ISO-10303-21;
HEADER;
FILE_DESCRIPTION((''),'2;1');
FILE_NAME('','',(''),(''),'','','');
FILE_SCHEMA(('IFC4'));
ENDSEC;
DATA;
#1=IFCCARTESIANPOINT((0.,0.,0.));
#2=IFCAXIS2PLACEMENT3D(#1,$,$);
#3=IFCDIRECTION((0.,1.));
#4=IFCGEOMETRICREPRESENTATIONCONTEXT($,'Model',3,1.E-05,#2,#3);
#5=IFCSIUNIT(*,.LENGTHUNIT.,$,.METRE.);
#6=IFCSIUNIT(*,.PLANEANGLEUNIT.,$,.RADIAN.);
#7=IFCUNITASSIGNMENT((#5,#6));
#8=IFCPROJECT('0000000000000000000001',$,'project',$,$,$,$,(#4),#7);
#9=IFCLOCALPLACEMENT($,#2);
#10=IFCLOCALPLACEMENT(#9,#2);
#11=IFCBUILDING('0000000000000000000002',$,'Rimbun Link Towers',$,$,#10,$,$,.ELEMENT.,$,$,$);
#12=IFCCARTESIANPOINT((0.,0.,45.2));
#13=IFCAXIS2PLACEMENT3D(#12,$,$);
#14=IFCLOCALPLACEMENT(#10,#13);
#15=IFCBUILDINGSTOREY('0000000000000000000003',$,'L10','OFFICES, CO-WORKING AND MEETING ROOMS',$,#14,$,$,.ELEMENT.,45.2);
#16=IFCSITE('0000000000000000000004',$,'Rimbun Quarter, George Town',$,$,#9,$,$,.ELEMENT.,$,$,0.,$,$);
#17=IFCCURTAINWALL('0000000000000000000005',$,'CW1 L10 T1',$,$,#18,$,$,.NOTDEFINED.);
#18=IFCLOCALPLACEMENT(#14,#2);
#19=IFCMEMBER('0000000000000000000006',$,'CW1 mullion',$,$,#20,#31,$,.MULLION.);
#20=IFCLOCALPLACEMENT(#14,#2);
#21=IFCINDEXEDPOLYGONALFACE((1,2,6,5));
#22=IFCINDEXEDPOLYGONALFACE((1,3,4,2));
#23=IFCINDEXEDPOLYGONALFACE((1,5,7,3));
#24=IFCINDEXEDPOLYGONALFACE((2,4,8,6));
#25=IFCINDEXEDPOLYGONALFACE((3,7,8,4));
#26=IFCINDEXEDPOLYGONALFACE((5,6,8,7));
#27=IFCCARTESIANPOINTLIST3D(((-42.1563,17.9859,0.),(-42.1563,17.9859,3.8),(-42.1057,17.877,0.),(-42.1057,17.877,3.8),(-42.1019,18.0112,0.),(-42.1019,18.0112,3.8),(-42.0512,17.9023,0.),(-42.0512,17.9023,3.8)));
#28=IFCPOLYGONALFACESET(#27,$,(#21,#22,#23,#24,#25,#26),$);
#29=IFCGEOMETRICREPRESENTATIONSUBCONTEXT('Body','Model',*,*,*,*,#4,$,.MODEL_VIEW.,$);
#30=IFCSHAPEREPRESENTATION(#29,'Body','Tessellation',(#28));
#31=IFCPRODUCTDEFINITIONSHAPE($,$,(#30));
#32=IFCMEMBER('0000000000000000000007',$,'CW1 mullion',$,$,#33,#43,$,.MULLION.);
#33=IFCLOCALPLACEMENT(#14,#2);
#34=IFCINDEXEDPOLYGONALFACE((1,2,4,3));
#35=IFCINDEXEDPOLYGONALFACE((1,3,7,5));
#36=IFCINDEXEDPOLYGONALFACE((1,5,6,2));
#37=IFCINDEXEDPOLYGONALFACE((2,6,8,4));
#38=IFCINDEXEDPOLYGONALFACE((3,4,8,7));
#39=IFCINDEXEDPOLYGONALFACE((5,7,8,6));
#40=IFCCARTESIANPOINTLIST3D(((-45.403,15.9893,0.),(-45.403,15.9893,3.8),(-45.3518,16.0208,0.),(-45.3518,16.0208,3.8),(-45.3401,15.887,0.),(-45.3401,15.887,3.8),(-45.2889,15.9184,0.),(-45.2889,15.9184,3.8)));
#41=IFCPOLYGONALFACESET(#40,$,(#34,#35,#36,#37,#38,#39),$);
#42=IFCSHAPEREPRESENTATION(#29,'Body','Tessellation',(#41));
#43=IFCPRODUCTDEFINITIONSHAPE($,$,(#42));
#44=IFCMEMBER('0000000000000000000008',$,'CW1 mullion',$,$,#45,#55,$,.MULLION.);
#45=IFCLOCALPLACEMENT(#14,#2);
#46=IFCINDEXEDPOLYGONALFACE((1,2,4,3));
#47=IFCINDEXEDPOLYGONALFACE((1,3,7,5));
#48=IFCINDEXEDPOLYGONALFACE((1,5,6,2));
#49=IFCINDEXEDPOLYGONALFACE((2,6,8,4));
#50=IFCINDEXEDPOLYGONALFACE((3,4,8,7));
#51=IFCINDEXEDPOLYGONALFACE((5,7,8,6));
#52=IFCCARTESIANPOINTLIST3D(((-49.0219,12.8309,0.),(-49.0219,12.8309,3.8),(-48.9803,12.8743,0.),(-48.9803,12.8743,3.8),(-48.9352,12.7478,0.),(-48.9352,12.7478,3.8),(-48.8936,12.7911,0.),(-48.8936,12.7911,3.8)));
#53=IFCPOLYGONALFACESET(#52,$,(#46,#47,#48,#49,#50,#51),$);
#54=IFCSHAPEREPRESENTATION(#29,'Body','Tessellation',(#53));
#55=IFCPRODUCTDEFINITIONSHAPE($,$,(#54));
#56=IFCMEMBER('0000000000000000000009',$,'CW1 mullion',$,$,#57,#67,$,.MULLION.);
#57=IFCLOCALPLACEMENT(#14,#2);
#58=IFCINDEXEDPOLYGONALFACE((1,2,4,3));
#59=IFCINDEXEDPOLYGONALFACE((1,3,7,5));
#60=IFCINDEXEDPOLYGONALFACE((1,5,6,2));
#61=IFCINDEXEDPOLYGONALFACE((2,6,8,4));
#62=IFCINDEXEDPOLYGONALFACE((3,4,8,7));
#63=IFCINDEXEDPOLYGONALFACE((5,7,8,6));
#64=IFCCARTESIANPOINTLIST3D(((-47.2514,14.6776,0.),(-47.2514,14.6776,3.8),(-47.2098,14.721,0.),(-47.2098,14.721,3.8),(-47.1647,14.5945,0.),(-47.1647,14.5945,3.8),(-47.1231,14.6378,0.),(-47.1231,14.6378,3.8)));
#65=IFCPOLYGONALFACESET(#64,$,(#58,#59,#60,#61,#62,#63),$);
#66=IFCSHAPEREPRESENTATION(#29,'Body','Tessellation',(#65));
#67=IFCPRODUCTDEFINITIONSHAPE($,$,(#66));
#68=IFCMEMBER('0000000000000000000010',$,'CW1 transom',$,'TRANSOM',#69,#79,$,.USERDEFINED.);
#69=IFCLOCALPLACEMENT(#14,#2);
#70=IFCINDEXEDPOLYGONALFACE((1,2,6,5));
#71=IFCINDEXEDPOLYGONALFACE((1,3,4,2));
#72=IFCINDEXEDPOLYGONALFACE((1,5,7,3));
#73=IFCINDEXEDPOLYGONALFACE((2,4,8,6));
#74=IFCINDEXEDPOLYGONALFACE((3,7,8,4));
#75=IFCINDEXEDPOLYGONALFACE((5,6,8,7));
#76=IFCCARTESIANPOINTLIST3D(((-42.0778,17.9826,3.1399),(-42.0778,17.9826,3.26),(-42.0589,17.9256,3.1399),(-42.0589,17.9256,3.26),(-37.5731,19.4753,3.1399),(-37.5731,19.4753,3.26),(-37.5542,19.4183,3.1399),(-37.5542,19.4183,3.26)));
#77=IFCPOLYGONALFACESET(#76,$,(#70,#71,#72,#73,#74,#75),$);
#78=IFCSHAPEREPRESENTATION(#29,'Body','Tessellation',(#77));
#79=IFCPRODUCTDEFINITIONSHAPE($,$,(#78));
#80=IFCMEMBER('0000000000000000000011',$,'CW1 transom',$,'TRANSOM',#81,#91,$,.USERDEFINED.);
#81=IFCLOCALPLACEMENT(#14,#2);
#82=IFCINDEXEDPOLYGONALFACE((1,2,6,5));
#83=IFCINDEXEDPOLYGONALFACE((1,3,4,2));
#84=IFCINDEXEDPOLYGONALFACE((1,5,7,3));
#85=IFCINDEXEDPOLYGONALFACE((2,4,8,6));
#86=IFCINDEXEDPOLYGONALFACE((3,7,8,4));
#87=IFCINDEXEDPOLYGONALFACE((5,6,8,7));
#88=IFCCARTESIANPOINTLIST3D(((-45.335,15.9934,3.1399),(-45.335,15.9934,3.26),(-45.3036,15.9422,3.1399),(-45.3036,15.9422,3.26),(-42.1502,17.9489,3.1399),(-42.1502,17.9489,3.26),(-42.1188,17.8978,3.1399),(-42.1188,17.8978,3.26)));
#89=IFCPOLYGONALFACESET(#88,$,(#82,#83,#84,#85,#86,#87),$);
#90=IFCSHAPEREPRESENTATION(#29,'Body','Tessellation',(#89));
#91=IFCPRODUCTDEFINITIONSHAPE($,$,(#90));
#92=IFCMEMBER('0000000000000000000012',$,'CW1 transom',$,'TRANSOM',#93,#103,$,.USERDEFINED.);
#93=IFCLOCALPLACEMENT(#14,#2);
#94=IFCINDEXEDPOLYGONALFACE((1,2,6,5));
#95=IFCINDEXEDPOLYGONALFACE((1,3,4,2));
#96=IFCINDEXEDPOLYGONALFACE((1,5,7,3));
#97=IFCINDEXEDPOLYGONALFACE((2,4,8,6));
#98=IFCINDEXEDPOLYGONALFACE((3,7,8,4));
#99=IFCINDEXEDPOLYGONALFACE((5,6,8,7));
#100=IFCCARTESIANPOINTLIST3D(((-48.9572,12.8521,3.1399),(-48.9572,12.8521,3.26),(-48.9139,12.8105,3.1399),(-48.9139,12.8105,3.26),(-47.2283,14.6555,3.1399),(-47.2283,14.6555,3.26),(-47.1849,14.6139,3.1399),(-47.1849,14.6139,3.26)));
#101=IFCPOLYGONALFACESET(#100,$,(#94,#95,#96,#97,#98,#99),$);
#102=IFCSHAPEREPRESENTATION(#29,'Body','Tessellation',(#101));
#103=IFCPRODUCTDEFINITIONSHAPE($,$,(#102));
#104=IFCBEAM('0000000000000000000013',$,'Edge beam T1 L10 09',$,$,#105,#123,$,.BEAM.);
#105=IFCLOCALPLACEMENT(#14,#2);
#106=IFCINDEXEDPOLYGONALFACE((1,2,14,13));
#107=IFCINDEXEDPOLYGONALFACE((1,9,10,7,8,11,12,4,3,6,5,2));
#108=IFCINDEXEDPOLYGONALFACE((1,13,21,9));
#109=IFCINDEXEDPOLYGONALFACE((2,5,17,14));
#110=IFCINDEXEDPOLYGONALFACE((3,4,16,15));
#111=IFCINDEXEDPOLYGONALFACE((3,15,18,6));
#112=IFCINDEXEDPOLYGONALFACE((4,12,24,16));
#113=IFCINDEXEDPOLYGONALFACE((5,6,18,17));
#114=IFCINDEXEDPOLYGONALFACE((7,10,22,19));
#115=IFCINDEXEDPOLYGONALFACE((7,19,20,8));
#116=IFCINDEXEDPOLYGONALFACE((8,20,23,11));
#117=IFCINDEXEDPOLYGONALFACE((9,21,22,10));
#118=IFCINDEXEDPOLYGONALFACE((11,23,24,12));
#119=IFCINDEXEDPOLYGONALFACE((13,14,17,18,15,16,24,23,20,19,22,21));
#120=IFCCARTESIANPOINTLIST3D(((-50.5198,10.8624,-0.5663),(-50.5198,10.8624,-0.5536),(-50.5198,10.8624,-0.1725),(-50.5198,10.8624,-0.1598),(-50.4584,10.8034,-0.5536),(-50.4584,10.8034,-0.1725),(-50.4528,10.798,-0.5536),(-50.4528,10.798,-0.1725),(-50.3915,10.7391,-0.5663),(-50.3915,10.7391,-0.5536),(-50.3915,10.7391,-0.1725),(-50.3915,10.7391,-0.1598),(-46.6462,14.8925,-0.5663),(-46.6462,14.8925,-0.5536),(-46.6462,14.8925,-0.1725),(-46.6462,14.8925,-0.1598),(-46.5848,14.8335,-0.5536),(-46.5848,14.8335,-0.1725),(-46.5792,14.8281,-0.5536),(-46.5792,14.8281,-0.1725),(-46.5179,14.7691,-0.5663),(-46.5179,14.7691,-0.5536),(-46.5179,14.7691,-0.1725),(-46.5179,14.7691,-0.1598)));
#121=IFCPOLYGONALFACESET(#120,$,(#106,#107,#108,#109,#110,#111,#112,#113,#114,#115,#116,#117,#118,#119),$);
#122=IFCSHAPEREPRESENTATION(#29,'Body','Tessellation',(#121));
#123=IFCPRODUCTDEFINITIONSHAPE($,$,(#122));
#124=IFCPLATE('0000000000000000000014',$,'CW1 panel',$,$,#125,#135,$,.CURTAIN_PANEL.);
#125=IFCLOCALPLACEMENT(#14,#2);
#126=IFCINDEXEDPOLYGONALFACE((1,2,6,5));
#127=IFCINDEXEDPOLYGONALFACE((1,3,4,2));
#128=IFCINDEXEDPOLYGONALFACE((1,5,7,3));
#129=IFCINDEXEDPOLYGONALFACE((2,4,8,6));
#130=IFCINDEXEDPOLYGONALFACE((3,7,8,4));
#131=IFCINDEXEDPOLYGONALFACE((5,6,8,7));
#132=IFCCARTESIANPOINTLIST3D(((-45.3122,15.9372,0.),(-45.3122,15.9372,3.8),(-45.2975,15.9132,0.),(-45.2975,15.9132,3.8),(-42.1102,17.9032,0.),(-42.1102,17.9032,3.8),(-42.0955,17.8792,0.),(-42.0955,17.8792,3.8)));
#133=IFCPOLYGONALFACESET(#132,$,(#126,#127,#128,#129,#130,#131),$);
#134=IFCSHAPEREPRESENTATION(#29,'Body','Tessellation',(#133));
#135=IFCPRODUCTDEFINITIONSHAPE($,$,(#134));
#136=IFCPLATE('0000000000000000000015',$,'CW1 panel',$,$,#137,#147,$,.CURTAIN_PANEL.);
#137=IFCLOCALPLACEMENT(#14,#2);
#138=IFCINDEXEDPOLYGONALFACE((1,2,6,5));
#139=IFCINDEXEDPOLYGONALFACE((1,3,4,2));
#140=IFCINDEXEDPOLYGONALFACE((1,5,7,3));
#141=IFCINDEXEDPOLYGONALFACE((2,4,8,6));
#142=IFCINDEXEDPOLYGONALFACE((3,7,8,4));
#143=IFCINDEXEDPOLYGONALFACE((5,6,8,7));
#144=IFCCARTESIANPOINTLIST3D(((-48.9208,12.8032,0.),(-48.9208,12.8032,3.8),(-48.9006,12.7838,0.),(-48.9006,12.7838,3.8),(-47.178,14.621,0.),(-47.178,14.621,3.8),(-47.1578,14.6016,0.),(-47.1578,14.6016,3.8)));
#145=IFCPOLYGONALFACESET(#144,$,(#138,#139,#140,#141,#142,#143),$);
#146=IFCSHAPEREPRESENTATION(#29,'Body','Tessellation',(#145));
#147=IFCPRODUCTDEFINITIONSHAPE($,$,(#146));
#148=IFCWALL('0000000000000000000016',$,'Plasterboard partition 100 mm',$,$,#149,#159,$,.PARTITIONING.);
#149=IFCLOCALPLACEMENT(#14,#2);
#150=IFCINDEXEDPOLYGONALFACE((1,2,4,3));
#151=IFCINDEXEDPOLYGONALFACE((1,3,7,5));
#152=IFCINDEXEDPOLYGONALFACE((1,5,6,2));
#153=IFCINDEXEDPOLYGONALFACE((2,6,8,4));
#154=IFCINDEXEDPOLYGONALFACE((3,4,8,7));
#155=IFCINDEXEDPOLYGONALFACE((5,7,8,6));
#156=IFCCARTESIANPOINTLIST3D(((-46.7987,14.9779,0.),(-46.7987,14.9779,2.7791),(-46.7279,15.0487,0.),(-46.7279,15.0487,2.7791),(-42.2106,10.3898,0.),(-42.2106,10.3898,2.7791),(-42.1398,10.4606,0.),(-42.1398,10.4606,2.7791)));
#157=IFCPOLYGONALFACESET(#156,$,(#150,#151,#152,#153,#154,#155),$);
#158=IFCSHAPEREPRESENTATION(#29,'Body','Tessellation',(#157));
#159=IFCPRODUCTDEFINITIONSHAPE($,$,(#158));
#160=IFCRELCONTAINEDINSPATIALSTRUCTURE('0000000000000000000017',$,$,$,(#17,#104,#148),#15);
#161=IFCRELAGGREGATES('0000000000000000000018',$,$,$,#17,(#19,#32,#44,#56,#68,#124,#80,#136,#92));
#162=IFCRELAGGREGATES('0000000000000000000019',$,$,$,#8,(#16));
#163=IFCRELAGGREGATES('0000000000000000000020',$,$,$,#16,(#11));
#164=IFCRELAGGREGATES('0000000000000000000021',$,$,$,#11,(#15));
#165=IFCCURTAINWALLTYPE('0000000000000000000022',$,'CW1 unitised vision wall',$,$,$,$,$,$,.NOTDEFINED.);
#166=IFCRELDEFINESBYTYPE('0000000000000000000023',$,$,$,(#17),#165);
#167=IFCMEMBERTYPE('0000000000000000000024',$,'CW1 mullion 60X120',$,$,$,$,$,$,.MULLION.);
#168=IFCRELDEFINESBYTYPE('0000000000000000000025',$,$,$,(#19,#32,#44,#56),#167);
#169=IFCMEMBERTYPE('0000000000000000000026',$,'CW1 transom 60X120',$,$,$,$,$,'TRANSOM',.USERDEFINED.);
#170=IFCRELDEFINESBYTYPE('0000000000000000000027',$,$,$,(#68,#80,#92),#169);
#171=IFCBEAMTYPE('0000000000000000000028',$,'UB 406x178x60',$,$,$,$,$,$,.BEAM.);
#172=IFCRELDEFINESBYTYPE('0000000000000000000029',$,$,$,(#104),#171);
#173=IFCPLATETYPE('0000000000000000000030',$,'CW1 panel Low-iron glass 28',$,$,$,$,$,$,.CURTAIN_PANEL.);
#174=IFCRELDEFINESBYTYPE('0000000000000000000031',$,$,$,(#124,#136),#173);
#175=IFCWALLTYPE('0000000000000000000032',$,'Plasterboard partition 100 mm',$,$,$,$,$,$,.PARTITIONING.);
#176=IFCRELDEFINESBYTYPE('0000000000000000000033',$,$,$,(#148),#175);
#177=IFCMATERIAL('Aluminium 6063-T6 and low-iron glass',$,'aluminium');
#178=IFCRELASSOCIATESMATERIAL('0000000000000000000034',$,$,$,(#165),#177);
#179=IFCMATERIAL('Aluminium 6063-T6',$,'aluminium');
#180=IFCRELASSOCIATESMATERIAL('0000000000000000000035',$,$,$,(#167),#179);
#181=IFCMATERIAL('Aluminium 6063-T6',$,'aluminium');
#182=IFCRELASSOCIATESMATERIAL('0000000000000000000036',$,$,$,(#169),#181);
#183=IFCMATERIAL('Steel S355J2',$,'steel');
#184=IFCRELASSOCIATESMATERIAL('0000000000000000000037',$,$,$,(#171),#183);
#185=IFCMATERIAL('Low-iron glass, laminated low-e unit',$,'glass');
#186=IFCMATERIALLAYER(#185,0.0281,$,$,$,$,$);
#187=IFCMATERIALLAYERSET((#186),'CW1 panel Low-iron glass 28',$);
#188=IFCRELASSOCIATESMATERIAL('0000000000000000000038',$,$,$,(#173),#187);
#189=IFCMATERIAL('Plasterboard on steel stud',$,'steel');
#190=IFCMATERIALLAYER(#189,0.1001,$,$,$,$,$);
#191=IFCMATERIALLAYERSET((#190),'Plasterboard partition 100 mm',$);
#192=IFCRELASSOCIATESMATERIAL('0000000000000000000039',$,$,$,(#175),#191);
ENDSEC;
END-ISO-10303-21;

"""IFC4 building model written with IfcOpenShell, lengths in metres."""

from ifc_helpers import new_model, si_unit, direction, frame, frame_2d, origin, origin_2d, place, context, subcontext, project, spatial, rectangle, i_section, extrude, material, layer, layer_set, material_profile, profile_set, type_object, element, aggregate, save


model = new_model("IFC4")

# Units and contexts
model_context = context("Model", 3, precision=1e-05, world=origin(), true_north=direction((0.0, 1.0)))
body_context = subcontext(model_context, "Body", "Model", "MODEL_VIEW")
ifc_project = project(units=[si_unit("LENGTHUNIT", "METRE"), si_unit("PLANEANGLEUNIT", "RADIAN")], contexts=[model_context])

# Site, building, storey
site_placement = place(None, origin())
site = spatial("IfcSite", under=ifc_project, at=site_placement, Name="Rimbun Quarter, George Town", CompositionType="ELEMENT", RefElevation=0.0)
building_placement = place(site_placement, origin())
building = spatial("IfcBuilding", under=site, at=building_placement, Name="Rimbun Link Towers", CompositionType="ELEMENT")
storey_placement = place(building_placement, frame((0.0, 0.0, 45.2)))
storey = spatial("IfcBuildingStorey", under=building, at=storey_placement, Name="L10", Description="OFFICES, CO-WORKING AND MEETING ROOMS", CompositionType="ELEMENT", Elevation=45.2)

# Curtain wall, members
ifc_material_1 = material(Name="Aluminium 6063-T6 and low-iron glass", Category="aluminium")
curtain_wall_type = type_object("IfcCurtainWallType", Name="CW1 unitised vision wall", PredefinedType="NOTDEFINED", material=ifc_material_1)
curtain_wall_placement = place(storey_placement, origin())
curtain_wall = element("IfcCurtainWall", 1, at=curtain_wall_placement, inside=storey, type_object=curtain_wall_type, Name="CW1 L10 T1", PredefinedType="NOTDEFINED")
ifc_material_2 = material(Name="Aluminium 6063-T6", Category="aluminium")
ifc_material_profile_1 = material_profile(ifc_material_2, rectangle(XDim=0.1201, YDim=0.0601, at=origin_2d()), Name="MULLION 60X120")
ifc_profile_set_1 = profile_set([ifc_material_profile_1], Name="Aluminium 6063-T6")
member_type_1 = type_object("IfcMemberType", Name="CW1 mullion 60X120", PredefinedType="MULLION", material=ifc_profile_set_1)
member_1_placement = place(storey_placement, frame((-42.1038, 17.9441, 0.0), z_axis=(0.0, 0.0, 1.0), x_axis=(-0.421701, 0.906735, 0.0)))
member_1 = element("IfcMember", 2, at=member_1_placement, type_object=member_type_1, Name="CW1 mullion", PredefinedType="MULLION", context=body_context, shape_type="SweptSolid", body=[
    extrude(rectangle(XDim=0.1201, YDim=0.0601, at=origin_2d()), origin(), (0.0, 0.0, 1.0), 3.8),
])
member_2_placement = place(storey_placement, frame((-45.3459, 15.9539, 0.0), z_axis=(0.0, 0.0, 1.0), x_axis=(-0.523241, 0.852185, 0.0)))
member_2 = element("IfcMember", 3, at=member_2_placement, type_object=member_type_1, Name="CW1 mullion", PredefinedType="MULLION", context=body_context, shape_type="SweptSolid", body=[
    extrude(rectangle(XDim=0.1201, YDim=0.0601, at=origin_2d()), origin(), (0.0, 0.0, 1.0), 3.8),
])
member_3_placement = place(storey_placement, frame((-48.9578, 12.811, 0.0), z_axis=(0.0, 0.0, 1.0), x_axis=(-0.721848, 0.692052, 0.0)))
member_3 = element("IfcMember", 4, at=member_3_placement, type_object=member_type_1, Name="CW1 mullion", PredefinedType="MULLION", context=body_context, shape_type="SweptSolid", body=[
    extrude(rectangle(XDim=0.1201, YDim=0.0601, at=origin_2d()), origin(), (0.0, 0.0, 1.0), 3.8),
])
member_4_placement = place(storey_placement, frame((-47.1873, 14.6577, 0.0), z_axis=(0.0, 0.0, 1.0), x_axis=(-0.721848, 0.692052, 0.0)))
member_4 = element("IfcMember", 5, at=member_4_placement, type_object=member_type_1, Name="CW1 mullion", PredefinedType="MULLION", context=body_context, shape_type="SweptSolid", body=[
    extrude(rectangle(XDim=0.1201, YDim=0.0601, at=origin_2d()), origin(), (0.0, 0.0, 1.0), 3.8),
])
ifc_material_3 = material(Name="Aluminium 6063-T6", Category="aluminium")
ifc_material_profile_2 = material_profile(ifc_material_3, rectangle(XDim=0.0601, YDim=0.1201, at=origin_2d()), Name="TRANSOM 60X120")
ifc_profile_set_2 = profile_set([ifc_material_profile_2], Name="Aluminium 6063-T6")
member_type_2 = type_object("IfcMemberType", Name="CW1 transom 60X120", ElementType="TRANSOM", PredefinedType="USERDEFINED", material=ifc_profile_set_2)
member_5_placement = place(storey_placement, frame((-42.0684, 17.9541, 3.2), z_axis=(0.949243, 0.314545, 0.0), x_axis=(-0.314545, 0.949243, 0.0)))
member_5 = element("IfcMember", 6, at=member_5_placement, type_object=member_type_2, Name="CW1 transom", ObjectType="TRANSOM", PredefinedType="USERDEFINED", context=body_context, shape_type="SweptSolid", body=[
    extrude(rectangle(XDim=0.0601, YDim=0.1201, at=origin_2d()), origin(), (0.0, 0.0, 1.0), 4.7456),
])
member_6_placement = place(storey_placement, frame((-45.3193, 15.9678, 3.2), z_axis=(0.852174, 0.523259, 0.0), x_axis=(-0.523259, 0.852174, 0.0)))
member_6 = element("IfcMember", 7, at=member_6_placement, type_object=member_type_2, Name="CW1 transom", ObjectType="TRANSOM", PredefinedType="USERDEFINED", context=body_context, shape_type="SweptSolid", body=[
    extrude(rectangle(XDim=0.0601, YDim=0.1201, at=origin_2d()), origin(), (0.0, 0.0, 1.0), 3.7373),
])
member_7_placement = place(storey_placement, frame((-48.9355, 12.8313, 3.2), z_axis=(0.692048, 0.721852, 0.0), x_axis=(-0.721852, 0.692048, 0.0)))
member_7 = element("IfcMember", 8, at=member_7_placement, type_object=member_type_2, Name="CW1 transom", ObjectType="TRANSOM", PredefinedType="USERDEFINED", context=body_context, shape_type="SweptSolid", body=[
    extrude(rectangle(XDim=0.0601, YDim=0.1201, at=origin_2d()), origin(), (0.0, 0.0, 1.0), 2.4983),
])

# Beam
ifc_material_4 = material(Name="Steel S355J2", Category="steel")
ifc_material_profile_3 = material_profile(ifc_material_4, i_section(OverallWidth=0.178, OverallDepth=0.4065, WebThickness=0.0078, FlangeThickness=0.0127, at=origin_2d()), Name="UB 406x178x60")
ifc_profile_set_3 = profile_set([ifc_material_profile_3], Name="Steel S355J2")
beam_type = type_object("IfcBeamType", Name="UB 406x178x60", PredefinedType="BEAM", material=ifc_profile_set_3)
beam_placement = place(storey_placement, frame((-46.582, 14.8308, -0.363), z_axis=(-0.69297, -0.720966, 0.0), x_axis=(0.720966, -0.69297, 0.0)))
element("IfcBeam", 9, at=beam_placement, inside=storey, type_object=beam_type, Name="Edge beam T1 L10 09", PredefinedType="BEAM", context=body_context, shape_type="SweptSolid", body=[
    extrude(i_section(OverallWidth=0.178, OverallDepth=0.4065, WebThickness=0.0078, FlangeThickness=0.0127, at=origin_2d()), origin(), (0.0, 0.0, 1.0), 5.5898),
])

# Plates
ifc_material_5 = material(Name="Low-iron glass, laminated low-e unit", Category="glass")
ifc_layer_1 = layer(ifc_material_5, 0.0281)
ifc_layer_set_1 = layer_set([ifc_layer_1], Name="CW1 panel Low-iron glass 28")
plate_type = type_object("IfcPlateType", Name="CW1 panel Low-iron glass 28", PredefinedType="CURTAIN_PANEL", material=ifc_layer_set_1)
plate_1_placement = place(storey_placement, frame((-43.7039, 16.9082, 0.0), z_axis=(0.0, 0.0, 1.0), x_axis=(0.852185, 0.523241, 0.0)))
plate_1 = element("IfcPlate", 10, at=plate_1_placement, type_object=plate_type, Name="CW1 panel", PredefinedType="CURTAIN_PANEL", context=body_context, shape_type="SweptSolid", body=[
    extrude(rectangle(XDim=3.7573, YDim=0.0281, at=origin_2d()), origin(), (0.0, 0.0, 1.0), 3.8),
])
plate_2_placement = place(storey_placement, frame((-48.0393, 13.7024, 0.0), z_axis=(0.0, 0.0, 1.0), x_axis=(0.692052, 0.721848, 0.0)))
plate_2 = element("IfcPlate", 11, at=plate_2_placement, type_object=plate_type, Name="CW1 panel", PredefinedType="CURTAIN_PANEL", context=body_context, shape_type="SweptSolid", body=[
    extrude(rectangle(XDim=2.5183, YDim=0.0281, at=origin_2d()), origin(), (0.0, 0.0, 1.0), 3.8),
])
aggregate(curtain_wall, [member_1, member_2, member_3, member_4, member_5, plate_1, member_6, plate_2, member_7])

# Wall
ifc_material_6 = material(Name="Plasterboard on steel stud", Category="steel")
ifc_layer_2 = layer(ifc_material_6, 0.1001)
ifc_layer_set_2 = layer_set([ifc_layer_2], Name="Plasterboard partition 100 mm")
wall_type = type_object("IfcWallType", Name="Plasterboard partition 100 mm", PredefinedType="PARTITIONING", material=ifc_layer_set_2)
wall_placement = place(storey_placement, frame((-46.7632, 15.0132, 0.0), z_axis=(0.0, 0.0, 1.0), x_axis=(0.707107, -0.707107, 0.0)))
element("IfcWall", 12, at=wall_placement, inside=storey, type_object=wall_type, Name="Plasterboard partition 100 mm", PredefinedType="PARTITIONING", context=body_context, shape_type="SweptSolid", body=[
    extrude(rectangle(XDim=6.4885, YDim=0.1001, at=frame_2d((3.2441, 0.0))), origin(), (0.0, 0.0, 1.0), 2.7791),
])

save(model, "model.ifc")
